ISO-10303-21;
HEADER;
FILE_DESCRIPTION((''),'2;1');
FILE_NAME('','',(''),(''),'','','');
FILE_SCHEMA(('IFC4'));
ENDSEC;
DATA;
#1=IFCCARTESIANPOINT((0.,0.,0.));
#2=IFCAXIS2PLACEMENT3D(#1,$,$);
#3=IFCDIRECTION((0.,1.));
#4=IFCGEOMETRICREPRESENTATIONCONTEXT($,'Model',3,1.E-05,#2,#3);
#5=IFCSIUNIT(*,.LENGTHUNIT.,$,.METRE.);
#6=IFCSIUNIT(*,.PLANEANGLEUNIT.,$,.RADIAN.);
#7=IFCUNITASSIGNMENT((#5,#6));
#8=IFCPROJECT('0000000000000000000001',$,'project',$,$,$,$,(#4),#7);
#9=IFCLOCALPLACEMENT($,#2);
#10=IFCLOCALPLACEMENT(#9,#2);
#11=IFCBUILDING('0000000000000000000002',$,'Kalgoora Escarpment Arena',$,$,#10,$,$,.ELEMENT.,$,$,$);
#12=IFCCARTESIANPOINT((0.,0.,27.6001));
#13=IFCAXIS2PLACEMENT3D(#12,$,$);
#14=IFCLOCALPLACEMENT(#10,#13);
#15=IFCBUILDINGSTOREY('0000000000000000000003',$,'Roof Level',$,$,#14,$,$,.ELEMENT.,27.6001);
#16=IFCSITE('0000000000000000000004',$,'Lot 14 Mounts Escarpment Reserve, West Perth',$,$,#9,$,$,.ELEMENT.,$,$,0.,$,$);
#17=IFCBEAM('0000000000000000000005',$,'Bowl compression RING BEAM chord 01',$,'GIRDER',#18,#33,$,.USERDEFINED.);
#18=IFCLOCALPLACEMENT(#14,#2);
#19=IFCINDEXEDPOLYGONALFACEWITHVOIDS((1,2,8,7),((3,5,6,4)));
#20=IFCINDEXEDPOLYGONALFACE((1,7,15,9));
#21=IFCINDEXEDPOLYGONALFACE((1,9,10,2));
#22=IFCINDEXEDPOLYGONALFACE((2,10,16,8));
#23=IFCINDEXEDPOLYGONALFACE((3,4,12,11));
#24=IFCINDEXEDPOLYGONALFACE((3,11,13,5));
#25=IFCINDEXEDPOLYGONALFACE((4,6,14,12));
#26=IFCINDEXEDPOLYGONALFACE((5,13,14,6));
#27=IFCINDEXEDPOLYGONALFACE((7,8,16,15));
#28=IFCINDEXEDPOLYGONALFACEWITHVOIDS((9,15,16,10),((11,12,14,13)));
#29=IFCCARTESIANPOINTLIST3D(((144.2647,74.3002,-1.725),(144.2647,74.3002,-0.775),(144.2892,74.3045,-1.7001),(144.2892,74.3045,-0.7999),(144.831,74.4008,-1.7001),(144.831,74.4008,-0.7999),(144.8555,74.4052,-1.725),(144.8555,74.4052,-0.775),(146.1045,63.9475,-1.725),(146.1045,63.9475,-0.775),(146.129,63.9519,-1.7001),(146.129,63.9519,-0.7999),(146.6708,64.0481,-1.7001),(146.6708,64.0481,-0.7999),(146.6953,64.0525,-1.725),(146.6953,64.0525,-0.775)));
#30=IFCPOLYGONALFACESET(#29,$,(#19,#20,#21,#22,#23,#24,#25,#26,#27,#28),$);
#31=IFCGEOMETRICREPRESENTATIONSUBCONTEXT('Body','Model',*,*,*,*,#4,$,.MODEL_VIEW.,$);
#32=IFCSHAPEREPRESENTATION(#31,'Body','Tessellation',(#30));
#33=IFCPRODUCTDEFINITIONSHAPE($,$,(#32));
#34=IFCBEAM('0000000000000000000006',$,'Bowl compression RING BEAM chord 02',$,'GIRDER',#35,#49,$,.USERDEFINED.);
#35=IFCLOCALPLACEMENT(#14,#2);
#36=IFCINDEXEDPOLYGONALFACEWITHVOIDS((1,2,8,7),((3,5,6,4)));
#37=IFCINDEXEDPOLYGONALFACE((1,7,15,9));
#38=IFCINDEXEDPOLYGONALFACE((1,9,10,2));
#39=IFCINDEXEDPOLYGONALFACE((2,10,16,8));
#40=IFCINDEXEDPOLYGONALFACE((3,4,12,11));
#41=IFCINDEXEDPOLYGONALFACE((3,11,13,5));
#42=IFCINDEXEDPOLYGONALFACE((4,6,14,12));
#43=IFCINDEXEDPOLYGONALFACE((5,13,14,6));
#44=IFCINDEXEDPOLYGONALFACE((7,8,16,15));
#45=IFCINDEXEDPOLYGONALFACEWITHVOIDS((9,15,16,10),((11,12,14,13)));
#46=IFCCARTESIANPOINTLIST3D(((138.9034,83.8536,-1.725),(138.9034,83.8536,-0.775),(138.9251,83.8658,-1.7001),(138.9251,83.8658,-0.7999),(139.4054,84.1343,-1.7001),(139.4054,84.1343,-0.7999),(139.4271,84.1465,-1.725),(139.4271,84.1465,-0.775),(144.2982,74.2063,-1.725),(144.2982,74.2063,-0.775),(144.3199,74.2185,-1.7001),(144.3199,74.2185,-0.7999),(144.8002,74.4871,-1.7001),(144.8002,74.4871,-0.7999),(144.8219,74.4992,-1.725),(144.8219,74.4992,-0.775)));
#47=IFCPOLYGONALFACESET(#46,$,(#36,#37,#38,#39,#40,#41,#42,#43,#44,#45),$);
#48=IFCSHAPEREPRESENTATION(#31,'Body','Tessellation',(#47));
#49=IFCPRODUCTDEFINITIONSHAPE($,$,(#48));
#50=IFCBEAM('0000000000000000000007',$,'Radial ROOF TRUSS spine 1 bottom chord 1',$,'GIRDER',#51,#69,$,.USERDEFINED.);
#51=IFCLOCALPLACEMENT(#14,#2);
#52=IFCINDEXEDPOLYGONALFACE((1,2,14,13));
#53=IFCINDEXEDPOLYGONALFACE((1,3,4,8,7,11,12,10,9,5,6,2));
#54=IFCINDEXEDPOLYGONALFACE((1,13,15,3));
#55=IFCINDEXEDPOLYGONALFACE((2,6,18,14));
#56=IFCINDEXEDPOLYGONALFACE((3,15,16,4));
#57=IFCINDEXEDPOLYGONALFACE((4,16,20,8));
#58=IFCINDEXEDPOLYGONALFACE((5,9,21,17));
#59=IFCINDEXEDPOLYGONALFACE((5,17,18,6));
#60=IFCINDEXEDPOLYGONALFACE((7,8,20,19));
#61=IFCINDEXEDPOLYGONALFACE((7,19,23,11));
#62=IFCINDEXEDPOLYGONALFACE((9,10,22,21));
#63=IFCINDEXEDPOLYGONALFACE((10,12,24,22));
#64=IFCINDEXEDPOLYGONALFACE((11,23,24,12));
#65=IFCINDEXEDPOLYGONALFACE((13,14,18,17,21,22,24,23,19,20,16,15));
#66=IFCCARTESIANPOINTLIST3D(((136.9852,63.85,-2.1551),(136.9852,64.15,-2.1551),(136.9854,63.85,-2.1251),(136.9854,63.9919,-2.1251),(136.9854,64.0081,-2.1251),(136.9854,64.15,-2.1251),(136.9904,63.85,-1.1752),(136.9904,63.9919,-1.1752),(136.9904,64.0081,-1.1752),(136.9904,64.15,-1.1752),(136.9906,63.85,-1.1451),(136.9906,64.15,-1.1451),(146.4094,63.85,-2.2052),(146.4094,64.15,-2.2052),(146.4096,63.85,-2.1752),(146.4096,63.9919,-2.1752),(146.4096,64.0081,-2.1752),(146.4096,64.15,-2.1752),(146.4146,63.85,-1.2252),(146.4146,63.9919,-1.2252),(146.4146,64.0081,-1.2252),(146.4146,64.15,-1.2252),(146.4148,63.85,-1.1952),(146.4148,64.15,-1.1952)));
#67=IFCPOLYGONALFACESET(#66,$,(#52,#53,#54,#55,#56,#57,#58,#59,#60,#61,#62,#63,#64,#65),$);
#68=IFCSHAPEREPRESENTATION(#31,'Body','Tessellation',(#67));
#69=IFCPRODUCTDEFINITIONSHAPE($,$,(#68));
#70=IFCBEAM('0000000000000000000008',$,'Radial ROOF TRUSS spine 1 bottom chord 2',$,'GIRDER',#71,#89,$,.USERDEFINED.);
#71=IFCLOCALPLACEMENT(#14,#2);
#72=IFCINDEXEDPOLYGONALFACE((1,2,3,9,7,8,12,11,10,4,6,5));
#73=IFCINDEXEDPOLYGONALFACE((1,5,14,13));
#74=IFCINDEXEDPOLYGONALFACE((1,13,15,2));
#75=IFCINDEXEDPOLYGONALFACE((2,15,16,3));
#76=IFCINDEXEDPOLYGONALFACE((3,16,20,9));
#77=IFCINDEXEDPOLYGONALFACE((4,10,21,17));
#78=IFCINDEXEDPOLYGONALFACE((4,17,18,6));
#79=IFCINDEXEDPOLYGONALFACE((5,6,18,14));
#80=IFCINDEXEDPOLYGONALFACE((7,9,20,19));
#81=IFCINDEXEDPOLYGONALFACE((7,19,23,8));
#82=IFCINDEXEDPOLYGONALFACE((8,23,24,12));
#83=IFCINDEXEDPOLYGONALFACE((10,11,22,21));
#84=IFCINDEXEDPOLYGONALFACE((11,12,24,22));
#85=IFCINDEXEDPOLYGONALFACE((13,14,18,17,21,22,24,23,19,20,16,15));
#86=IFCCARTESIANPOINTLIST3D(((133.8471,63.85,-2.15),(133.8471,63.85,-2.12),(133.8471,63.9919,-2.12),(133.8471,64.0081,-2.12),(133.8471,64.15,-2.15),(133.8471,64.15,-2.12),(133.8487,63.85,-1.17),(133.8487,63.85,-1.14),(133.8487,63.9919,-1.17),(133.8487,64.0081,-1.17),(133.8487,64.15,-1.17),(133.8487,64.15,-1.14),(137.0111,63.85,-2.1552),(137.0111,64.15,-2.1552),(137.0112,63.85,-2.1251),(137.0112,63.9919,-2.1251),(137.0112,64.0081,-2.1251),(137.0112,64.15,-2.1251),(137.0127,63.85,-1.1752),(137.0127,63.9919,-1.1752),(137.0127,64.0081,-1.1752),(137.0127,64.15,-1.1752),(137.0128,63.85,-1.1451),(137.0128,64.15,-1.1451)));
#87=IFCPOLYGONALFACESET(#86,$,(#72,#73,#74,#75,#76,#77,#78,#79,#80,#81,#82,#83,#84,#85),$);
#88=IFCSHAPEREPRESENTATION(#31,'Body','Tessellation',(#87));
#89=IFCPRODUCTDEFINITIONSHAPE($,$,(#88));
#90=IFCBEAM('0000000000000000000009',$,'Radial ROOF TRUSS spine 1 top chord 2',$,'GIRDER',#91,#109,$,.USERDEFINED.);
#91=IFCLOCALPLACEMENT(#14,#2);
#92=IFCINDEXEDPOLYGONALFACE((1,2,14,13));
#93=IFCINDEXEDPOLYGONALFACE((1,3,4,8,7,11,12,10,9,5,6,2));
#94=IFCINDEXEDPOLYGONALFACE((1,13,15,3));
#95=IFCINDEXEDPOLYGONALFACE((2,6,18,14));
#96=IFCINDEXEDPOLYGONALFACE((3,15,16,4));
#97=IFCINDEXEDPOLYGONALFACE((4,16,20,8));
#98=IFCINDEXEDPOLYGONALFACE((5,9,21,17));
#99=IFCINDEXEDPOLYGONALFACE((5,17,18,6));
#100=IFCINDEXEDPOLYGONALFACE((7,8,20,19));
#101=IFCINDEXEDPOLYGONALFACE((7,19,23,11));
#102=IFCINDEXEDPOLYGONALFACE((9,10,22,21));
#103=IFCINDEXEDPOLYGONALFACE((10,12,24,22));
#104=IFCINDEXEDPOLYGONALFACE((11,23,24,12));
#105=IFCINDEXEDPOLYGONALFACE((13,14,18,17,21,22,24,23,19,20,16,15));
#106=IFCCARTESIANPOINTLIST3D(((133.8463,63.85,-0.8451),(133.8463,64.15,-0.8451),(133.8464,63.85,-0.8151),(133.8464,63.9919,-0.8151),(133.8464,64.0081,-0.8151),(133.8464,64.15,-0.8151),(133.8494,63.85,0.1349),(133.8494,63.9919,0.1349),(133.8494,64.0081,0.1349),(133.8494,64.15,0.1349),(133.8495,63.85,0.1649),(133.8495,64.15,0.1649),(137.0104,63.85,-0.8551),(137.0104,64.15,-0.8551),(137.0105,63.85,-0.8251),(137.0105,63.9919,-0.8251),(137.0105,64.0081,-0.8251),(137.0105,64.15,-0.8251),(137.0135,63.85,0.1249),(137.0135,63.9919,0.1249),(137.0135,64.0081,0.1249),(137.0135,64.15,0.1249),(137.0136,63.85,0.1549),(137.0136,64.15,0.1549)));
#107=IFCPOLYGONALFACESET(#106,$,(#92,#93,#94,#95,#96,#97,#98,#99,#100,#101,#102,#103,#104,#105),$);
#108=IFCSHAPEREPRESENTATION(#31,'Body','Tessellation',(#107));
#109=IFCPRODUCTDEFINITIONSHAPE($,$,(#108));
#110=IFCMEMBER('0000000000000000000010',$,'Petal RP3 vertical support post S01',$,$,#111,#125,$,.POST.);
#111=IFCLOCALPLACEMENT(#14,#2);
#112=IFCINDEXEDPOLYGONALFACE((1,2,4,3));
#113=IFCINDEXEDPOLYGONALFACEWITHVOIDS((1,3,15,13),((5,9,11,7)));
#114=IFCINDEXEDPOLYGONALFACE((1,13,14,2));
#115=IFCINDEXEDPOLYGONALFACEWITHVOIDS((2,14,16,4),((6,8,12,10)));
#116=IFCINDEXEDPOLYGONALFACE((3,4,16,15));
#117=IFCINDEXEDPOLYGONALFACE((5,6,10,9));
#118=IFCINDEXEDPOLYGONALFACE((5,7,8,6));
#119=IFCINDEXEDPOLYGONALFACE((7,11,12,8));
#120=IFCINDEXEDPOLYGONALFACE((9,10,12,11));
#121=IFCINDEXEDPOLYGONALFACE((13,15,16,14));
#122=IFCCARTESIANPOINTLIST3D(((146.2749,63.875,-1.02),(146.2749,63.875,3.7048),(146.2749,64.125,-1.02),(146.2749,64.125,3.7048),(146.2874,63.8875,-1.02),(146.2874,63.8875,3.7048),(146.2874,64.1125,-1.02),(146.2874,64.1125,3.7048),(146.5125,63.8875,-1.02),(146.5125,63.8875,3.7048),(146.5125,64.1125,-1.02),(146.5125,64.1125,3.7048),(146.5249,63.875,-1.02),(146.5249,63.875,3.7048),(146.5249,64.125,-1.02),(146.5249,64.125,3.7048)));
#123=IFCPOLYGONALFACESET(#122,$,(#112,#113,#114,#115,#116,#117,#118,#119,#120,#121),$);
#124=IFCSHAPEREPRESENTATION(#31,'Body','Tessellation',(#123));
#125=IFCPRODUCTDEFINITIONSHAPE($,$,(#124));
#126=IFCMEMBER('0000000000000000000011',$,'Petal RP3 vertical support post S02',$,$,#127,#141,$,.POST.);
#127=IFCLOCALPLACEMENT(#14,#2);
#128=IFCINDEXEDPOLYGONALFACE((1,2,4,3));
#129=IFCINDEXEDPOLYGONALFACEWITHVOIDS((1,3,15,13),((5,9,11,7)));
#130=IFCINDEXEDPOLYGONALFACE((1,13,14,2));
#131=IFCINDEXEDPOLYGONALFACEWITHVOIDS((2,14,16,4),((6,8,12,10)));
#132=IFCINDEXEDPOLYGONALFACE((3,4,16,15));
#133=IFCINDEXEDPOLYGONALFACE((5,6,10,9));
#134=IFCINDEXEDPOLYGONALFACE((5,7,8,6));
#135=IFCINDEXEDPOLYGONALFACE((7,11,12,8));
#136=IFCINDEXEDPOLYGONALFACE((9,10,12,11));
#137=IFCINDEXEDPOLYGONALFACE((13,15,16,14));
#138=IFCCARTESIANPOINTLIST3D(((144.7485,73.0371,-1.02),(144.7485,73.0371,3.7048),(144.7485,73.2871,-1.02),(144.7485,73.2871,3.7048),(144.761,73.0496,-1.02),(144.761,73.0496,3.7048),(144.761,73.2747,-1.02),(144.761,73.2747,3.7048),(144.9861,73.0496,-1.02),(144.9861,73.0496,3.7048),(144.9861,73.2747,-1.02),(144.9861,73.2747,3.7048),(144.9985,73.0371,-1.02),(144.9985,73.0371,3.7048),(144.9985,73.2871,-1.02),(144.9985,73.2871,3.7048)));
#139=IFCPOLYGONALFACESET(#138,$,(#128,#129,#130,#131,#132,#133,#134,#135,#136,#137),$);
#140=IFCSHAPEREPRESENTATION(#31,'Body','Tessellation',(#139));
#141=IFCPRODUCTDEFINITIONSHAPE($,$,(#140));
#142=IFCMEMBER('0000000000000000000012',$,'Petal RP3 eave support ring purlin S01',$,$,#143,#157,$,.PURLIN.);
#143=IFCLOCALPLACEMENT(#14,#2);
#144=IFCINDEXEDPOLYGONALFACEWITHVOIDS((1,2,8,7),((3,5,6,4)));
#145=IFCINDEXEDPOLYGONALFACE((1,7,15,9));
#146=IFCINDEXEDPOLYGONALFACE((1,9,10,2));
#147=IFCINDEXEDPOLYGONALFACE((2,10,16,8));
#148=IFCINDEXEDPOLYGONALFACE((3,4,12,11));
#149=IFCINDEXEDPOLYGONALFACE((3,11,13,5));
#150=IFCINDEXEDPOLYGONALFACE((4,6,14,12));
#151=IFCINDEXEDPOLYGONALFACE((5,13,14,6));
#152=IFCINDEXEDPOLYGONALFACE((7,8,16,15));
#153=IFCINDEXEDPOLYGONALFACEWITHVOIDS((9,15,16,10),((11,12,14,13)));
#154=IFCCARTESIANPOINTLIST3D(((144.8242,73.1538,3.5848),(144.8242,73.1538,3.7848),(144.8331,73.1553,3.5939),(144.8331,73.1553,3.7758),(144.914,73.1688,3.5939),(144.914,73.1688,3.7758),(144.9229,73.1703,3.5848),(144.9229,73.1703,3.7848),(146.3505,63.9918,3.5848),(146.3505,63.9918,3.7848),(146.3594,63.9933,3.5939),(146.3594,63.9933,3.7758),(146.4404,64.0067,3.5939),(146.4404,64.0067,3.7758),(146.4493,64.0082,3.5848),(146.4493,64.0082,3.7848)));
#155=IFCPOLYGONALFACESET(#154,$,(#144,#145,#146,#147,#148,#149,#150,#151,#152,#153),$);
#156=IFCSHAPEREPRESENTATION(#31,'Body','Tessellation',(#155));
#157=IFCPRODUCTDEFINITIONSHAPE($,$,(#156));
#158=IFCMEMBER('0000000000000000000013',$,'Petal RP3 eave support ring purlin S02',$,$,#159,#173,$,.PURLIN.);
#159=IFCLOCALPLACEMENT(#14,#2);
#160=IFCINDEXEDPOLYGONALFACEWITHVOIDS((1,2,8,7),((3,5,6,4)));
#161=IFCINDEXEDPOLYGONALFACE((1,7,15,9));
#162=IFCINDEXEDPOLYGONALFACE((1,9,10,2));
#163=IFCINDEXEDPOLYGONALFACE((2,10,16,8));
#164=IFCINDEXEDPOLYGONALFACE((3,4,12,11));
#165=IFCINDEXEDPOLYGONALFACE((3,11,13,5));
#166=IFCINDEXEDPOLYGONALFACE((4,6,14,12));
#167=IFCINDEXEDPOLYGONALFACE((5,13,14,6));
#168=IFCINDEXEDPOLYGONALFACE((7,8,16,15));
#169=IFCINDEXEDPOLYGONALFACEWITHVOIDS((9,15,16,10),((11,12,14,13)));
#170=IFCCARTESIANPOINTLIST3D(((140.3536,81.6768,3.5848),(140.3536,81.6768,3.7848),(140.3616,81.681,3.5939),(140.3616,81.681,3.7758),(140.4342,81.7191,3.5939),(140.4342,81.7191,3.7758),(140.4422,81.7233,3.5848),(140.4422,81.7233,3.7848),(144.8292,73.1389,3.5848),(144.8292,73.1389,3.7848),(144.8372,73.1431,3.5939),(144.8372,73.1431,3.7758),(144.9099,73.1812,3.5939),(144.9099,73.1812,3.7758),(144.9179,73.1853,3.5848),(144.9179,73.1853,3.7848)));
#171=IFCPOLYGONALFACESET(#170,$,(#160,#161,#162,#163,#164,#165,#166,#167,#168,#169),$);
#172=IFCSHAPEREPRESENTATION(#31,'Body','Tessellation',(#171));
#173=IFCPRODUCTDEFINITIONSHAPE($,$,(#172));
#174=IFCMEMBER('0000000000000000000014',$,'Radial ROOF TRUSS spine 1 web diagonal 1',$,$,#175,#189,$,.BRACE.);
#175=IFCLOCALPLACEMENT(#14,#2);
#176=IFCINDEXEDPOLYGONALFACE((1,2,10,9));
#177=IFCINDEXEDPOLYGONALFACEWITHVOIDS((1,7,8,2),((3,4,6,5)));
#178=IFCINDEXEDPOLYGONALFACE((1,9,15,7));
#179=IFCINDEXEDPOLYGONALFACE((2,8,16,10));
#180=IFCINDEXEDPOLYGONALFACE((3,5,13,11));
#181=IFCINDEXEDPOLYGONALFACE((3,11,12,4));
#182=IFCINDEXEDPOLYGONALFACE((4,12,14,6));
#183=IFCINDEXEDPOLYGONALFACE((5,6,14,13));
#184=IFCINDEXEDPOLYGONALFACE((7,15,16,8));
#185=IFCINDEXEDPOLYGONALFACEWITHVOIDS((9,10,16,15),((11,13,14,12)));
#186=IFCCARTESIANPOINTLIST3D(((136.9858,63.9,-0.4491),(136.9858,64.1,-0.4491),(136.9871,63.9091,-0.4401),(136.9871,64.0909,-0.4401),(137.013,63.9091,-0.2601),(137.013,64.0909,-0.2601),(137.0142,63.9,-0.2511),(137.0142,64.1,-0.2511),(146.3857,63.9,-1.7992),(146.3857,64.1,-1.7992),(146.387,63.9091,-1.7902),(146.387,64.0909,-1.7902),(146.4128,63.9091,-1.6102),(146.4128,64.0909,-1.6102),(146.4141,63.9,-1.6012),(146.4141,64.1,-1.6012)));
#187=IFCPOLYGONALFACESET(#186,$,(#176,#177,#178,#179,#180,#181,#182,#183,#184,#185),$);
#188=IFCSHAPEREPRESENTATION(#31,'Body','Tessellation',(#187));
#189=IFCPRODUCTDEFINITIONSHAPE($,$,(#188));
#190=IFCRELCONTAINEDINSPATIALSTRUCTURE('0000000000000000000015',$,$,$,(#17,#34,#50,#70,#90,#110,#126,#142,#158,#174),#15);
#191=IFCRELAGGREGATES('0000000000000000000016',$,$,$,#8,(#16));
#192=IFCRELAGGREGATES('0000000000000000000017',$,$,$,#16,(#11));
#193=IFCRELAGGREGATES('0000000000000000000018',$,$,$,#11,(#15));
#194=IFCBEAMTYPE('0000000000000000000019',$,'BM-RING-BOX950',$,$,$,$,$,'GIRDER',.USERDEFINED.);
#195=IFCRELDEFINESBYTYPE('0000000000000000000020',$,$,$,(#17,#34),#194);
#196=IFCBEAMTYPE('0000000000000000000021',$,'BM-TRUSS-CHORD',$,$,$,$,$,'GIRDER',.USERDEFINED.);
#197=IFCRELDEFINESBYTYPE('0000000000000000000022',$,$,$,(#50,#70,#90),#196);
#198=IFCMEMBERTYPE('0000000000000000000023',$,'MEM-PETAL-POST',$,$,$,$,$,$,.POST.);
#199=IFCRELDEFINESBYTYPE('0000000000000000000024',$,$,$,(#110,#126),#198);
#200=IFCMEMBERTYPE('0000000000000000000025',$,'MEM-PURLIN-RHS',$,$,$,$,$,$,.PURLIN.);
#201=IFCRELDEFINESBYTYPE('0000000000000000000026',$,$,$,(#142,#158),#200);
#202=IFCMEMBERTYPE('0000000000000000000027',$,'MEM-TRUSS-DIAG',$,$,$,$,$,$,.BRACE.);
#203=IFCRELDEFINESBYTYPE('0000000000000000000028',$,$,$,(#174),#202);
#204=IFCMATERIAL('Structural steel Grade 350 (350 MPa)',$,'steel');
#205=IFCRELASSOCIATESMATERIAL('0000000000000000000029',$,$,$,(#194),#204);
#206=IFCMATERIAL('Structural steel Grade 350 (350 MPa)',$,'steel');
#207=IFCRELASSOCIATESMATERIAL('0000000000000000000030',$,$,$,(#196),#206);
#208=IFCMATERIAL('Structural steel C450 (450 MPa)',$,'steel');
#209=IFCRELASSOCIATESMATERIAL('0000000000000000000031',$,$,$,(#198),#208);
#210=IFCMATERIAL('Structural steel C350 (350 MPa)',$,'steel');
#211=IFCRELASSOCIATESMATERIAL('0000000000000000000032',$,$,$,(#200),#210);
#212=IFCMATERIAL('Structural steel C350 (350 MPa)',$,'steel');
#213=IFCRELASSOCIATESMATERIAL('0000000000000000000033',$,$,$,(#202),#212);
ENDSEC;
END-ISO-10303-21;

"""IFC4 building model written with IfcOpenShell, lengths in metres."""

from ifc_helpers import new_model, si_unit, direction, frame, origin, origin_2d, place, context, subcontext, project, spatial, hollow_rectangle, i_section, extrude, material, material_profile, profile_set, type_object, element, save


model = new_model("IFC4")

# Units and contexts
model_context = context("Model", 3, precision=1e-05, world=origin(), true_north=direction((0.0, 1.0)))
body_context = subcontext(model_context, "Body", "Model", "MODEL_VIEW")
ifc_project = project(units=[si_unit("LENGTHUNIT", "METRE"), si_unit("PLANEANGLEUNIT", "RADIAN")], contexts=[model_context])

# Site, building, storey
site_placement = place(None, origin())
site = spatial("IfcSite", under=ifc_project, at=site_placement, Name="Lot 14 Mounts Escarpment Reserve, West Perth", CompositionType="ELEMENT", RefElevation=0.0)
building_placement = place(site_placement, origin())
building = spatial("IfcBuilding", under=site, at=building_placement, Name="Kalgoora Escarpment Arena", CompositionType="ELEMENT")
storey_placement = place(building_placement, frame((0.0, 0.0, 27.6001)))
storey = spatial("IfcBuildingStorey", under=building, at=storey_placement, Name="Roof Level", CompositionType="ELEMENT", Elevation=27.6001)

# Beams
ifc_material_1 = material(Name="Structural steel Grade 350 (350 MPa)", Category="steel")
ifc_material_profile_1 = material_profile(ifc_material_1, hollow_rectangle(XDim=0.6001, YDim=0.95, WallThickness=0.0249, at=origin_2d()))
ifc_profile_set_1 = profile_set([ifc_material_profile_1], Name="Structural steel Grade 350 (350 MPa)")
beam_type_1 = type_object("IfcBeamType", Name="BM-RING-BOX950", ElementType="GIRDER", PredefinedType="USERDEFINED", material=ifc_profile_set_1)
beam_1_placement = place(storey_placement, frame((146.3999, 64.0, -1.25), z_axis=(-0.174973, 0.984573, 0.0), x_axis=(-0.984573, -0.174973, 0.0)))
element("IfcBeam", 1, at=beam_1_placement, inside=storey, type_object=beam_type_1, Name="Bowl compression RING BEAM chord 01", ObjectType="GIRDER", PredefinedType="USERDEFINED", context=body_context, shape_type="SweptSolid", body=[
    extrude(hollow_rectangle(XDim=0.6001, YDim=0.95, WallThickness=0.0249, at=origin_2d()), origin(), (0.0, 0.0, 1.0), 10.5149),
])
beam_2_placement = place(storey_placement, frame((144.5601, 74.3528, -1.25), z_axis=(-0.488075, 0.872802, 0.0), x_axis=(-0.872802, -0.488075, 0.0)))
element("IfcBeam", 2, at=beam_2_placement, inside=storey, type_object=beam_type_1, Name="Bowl compression RING BEAM chord 02", ObjectType="GIRDER", PredefinedType="USERDEFINED", context=body_context, shape_type="SweptSolid", body=[
    extrude(hollow_rectangle(XDim=0.6001, YDim=0.95, WallThickness=0.0249, at=origin_2d()), origin(), (0.0, 0.0, 1.0), 11.0532),
])
ifc_material_2 = material(Name="Structural steel Grade 350 (350 MPa)", Category="steel")
ifc_material_profile_2 = material_profile(ifc_material_2, i_section(OverallWidth=0.3, OverallDepth=1.01, WebThickness=0.0161, FlangeThickness=0.03, at=origin_2d()))
ifc_profile_set_2 = profile_set([ifc_material_profile_2], Name="Structural steel Grade 350 (350 MPa)")
beam_type_2 = type_object("IfcBeamType", Name="BM-TRUSS-CHORD", ElementType="GIRDER", PredefinedType="USERDEFINED", material=ifc_profile_set_2)
beam_3_placement = place(storey_placement, frame((146.4121, 64.0, -1.7002), z_axis=(-0.999986, 0.0, 0.005311), x_axis=(0.0, -1.0, 0.0)))
element("IfcBeam", 3, at=beam_3_placement, inside=storey, type_object=beam_type_2, Name="Radial ROOF TRUSS spine 1 bottom chord 1", ObjectType="GIRDER", PredefinedType="USERDEFINED", context=body_context, shape_type="SweptSolid", body=[
    extrude(i_section(OverallWidth=0.3, OverallDepth=1.01, WebThickness=0.0161, FlangeThickness=0.03, at=origin_2d()), origin(), (0.0, 0.0, 1.0), 9.4243),
])
for number, where, z_axis, x_axis, name in (
    (4, (137.012, 64.0, -1.6501), (-0.999999, 0.0, 0.00162), (0.0, -1.0, 0.0), "Radial ROOF TRUSS spine 1 bottom chord 2"),
    (5, (137.012, 64.0, -0.3501), (-0.999995, 0.0, 0.003164), (0.0, -1.0, 0.0), "Radial ROOF TRUSS spine 1 top chord 2"),
):
    element("IfcBeam", number, at=place(storey_placement, frame(where, z_axis=z_axis, x_axis=x_axis)), inside=storey, type_object=beam_type_2, Name=name, ObjectType="GIRDER", PredefinedType="USERDEFINED", context=body_context, shape_type="SweptSolid", body=[
        extrude(i_section(OverallWidth=0.3, OverallDepth=1.01, WebThickness=0.0161, FlangeThickness=0.03, at=origin_2d()), origin(), (0.0, 0.0, 1.0), 3.1641),
    ])

# Members
ifc_material_3 = material(Name="Structural steel C450 (450 MPa)", Category="steel")
ifc_material_profile_3 = material_profile(ifc_material_3, hollow_rectangle(XDim=0.25, YDim=0.25, WallThickness=0.0125, at=origin_2d()))
ifc_profile_set_3 = profile_set([ifc_material_profile_3], Name="Structural steel C450 (450 MPa)")
member_type_1 = type_object("IfcMemberType", Name="MEM-PETAL-POST", PredefinedType="POST", material=ifc_profile_set_3)
for number, where, z_axis, x_axis, name in (
    (6, (146.3999, 64.0, -1.02), (0.0, 0.0, 1.0), (1.0, 0.0, 0.0), "Petal RP3 vertical support post S01"),
    (7, (144.8735, 73.1621, -1.02), (0.0, 0.0, 1.0), (1.0, 0.0, 0.0), "Petal RP3 vertical support post S02"),
):
    element("IfcMember", number, at=place(storey_placement, frame(where, z_axis=z_axis, x_axis=x_axis)), inside=storey, type_object=member_type_1, Name=name, PredefinedType="POST", context=body_context, shape_type="SweptSolid", body=[
        extrude(hollow_rectangle(XDim=0.25, YDim=0.25, WallThickness=0.0125, at=origin_2d()), origin(), (0.0, 0.0, 1.0), 4.7249),
    ])
ifc_material_4 = material(Name="Structural steel C350 (350 MPa)", Category="steel")
ifc_material_profile_4 = material_profile(ifc_material_4, hollow_rectangle(XDim=0.1001, YDim=0.2, WallThickness=0.009, at=origin_2d()))
ifc_profile_set_4 = profile_set([ifc_material_profile_4], Name="Structural steel C350 (350 MPa)")
member_type_2 = type_object("IfcMemberType", Name="MEM-PURLIN-RHS", PredefinedType="PURLIN", material=ifc_profile_set_4)
member_1_placement = place(storey_placement, frame((146.3999, 64.0, 3.6848), z_axis=(-0.164331, 0.986405, 0.0), x_axis=(-0.986405, -0.164331, 0.0)))
element("IfcMember", 8, at=member_1_placement, inside=storey, type_object=member_type_2, Name="Petal RP3 eave support ring purlin S01", PredefinedType="PURLIN", context=body_context, shape_type="SweptSolid", body=[
    extrude(hollow_rectangle(XDim=0.1001, YDim=0.2, WallThickness=0.009, at=origin_2d()), origin(), (0.0, 0.0, 1.0), 9.2883),
])
member_2_placement = place(storey_placement, frame((144.8735, 73.1621, 3.6848), z_axis=(-0.464282, 0.885687, 0.0), x_axis=(-0.885687, -0.464282, 0.0)))
element("IfcMember", 9, at=member_2_placement, inside=storey, type_object=member_type_2, Name="Petal RP3 eave support ring purlin S02", PredefinedType="PURLIN", context=body_context, shape_type="SweptSolid", body=[
    extrude(hollow_rectangle(XDim=0.1001, YDim=0.2, WallThickness=0.009, at=origin_2d()), origin(), (0.0, 0.0, 1.0), 9.6399),
])
ifc_material_5 = material(Name="Structural steel C350 (350 MPa)", Category="steel")
ifc_material_profile_5 = material_profile(ifc_material_5, hollow_rectangle(XDim=0.2, YDim=0.2, WallThickness=0.009, at=origin_2d()))
ifc_profile_set_5 = profile_set([ifc_material_profile_5], Name="Structural steel C350 (350 MPa)")
member_type_3 = type_object("IfcMemberType", Name="MEM-TRUSS-DIAG", PredefinedType="BRACE", material=ifc_profile_set_5)
member_3_placement = place(storey_placement, frame((146.3999, 64.0, -1.7002), z_axis=(-0.989842, 0.0, 0.14217), x_axis=(0.0, 1.0, 0.0)))
element("IfcMember", 10, at=member_3_placement, inside=storey, type_object=member_type_3, Name="Radial ROOF TRUSS spine 1 web diagonal 1", PredefinedType="BRACE", context=body_context, shape_type="SweptSolid", body=[
    extrude(hollow_rectangle(XDim=0.2, YDim=0.2, WallThickness=0.009, at=origin_2d()), origin(), (0.0, 0.0, 1.0), 9.4963),
])

save(model, "model.ifc")
